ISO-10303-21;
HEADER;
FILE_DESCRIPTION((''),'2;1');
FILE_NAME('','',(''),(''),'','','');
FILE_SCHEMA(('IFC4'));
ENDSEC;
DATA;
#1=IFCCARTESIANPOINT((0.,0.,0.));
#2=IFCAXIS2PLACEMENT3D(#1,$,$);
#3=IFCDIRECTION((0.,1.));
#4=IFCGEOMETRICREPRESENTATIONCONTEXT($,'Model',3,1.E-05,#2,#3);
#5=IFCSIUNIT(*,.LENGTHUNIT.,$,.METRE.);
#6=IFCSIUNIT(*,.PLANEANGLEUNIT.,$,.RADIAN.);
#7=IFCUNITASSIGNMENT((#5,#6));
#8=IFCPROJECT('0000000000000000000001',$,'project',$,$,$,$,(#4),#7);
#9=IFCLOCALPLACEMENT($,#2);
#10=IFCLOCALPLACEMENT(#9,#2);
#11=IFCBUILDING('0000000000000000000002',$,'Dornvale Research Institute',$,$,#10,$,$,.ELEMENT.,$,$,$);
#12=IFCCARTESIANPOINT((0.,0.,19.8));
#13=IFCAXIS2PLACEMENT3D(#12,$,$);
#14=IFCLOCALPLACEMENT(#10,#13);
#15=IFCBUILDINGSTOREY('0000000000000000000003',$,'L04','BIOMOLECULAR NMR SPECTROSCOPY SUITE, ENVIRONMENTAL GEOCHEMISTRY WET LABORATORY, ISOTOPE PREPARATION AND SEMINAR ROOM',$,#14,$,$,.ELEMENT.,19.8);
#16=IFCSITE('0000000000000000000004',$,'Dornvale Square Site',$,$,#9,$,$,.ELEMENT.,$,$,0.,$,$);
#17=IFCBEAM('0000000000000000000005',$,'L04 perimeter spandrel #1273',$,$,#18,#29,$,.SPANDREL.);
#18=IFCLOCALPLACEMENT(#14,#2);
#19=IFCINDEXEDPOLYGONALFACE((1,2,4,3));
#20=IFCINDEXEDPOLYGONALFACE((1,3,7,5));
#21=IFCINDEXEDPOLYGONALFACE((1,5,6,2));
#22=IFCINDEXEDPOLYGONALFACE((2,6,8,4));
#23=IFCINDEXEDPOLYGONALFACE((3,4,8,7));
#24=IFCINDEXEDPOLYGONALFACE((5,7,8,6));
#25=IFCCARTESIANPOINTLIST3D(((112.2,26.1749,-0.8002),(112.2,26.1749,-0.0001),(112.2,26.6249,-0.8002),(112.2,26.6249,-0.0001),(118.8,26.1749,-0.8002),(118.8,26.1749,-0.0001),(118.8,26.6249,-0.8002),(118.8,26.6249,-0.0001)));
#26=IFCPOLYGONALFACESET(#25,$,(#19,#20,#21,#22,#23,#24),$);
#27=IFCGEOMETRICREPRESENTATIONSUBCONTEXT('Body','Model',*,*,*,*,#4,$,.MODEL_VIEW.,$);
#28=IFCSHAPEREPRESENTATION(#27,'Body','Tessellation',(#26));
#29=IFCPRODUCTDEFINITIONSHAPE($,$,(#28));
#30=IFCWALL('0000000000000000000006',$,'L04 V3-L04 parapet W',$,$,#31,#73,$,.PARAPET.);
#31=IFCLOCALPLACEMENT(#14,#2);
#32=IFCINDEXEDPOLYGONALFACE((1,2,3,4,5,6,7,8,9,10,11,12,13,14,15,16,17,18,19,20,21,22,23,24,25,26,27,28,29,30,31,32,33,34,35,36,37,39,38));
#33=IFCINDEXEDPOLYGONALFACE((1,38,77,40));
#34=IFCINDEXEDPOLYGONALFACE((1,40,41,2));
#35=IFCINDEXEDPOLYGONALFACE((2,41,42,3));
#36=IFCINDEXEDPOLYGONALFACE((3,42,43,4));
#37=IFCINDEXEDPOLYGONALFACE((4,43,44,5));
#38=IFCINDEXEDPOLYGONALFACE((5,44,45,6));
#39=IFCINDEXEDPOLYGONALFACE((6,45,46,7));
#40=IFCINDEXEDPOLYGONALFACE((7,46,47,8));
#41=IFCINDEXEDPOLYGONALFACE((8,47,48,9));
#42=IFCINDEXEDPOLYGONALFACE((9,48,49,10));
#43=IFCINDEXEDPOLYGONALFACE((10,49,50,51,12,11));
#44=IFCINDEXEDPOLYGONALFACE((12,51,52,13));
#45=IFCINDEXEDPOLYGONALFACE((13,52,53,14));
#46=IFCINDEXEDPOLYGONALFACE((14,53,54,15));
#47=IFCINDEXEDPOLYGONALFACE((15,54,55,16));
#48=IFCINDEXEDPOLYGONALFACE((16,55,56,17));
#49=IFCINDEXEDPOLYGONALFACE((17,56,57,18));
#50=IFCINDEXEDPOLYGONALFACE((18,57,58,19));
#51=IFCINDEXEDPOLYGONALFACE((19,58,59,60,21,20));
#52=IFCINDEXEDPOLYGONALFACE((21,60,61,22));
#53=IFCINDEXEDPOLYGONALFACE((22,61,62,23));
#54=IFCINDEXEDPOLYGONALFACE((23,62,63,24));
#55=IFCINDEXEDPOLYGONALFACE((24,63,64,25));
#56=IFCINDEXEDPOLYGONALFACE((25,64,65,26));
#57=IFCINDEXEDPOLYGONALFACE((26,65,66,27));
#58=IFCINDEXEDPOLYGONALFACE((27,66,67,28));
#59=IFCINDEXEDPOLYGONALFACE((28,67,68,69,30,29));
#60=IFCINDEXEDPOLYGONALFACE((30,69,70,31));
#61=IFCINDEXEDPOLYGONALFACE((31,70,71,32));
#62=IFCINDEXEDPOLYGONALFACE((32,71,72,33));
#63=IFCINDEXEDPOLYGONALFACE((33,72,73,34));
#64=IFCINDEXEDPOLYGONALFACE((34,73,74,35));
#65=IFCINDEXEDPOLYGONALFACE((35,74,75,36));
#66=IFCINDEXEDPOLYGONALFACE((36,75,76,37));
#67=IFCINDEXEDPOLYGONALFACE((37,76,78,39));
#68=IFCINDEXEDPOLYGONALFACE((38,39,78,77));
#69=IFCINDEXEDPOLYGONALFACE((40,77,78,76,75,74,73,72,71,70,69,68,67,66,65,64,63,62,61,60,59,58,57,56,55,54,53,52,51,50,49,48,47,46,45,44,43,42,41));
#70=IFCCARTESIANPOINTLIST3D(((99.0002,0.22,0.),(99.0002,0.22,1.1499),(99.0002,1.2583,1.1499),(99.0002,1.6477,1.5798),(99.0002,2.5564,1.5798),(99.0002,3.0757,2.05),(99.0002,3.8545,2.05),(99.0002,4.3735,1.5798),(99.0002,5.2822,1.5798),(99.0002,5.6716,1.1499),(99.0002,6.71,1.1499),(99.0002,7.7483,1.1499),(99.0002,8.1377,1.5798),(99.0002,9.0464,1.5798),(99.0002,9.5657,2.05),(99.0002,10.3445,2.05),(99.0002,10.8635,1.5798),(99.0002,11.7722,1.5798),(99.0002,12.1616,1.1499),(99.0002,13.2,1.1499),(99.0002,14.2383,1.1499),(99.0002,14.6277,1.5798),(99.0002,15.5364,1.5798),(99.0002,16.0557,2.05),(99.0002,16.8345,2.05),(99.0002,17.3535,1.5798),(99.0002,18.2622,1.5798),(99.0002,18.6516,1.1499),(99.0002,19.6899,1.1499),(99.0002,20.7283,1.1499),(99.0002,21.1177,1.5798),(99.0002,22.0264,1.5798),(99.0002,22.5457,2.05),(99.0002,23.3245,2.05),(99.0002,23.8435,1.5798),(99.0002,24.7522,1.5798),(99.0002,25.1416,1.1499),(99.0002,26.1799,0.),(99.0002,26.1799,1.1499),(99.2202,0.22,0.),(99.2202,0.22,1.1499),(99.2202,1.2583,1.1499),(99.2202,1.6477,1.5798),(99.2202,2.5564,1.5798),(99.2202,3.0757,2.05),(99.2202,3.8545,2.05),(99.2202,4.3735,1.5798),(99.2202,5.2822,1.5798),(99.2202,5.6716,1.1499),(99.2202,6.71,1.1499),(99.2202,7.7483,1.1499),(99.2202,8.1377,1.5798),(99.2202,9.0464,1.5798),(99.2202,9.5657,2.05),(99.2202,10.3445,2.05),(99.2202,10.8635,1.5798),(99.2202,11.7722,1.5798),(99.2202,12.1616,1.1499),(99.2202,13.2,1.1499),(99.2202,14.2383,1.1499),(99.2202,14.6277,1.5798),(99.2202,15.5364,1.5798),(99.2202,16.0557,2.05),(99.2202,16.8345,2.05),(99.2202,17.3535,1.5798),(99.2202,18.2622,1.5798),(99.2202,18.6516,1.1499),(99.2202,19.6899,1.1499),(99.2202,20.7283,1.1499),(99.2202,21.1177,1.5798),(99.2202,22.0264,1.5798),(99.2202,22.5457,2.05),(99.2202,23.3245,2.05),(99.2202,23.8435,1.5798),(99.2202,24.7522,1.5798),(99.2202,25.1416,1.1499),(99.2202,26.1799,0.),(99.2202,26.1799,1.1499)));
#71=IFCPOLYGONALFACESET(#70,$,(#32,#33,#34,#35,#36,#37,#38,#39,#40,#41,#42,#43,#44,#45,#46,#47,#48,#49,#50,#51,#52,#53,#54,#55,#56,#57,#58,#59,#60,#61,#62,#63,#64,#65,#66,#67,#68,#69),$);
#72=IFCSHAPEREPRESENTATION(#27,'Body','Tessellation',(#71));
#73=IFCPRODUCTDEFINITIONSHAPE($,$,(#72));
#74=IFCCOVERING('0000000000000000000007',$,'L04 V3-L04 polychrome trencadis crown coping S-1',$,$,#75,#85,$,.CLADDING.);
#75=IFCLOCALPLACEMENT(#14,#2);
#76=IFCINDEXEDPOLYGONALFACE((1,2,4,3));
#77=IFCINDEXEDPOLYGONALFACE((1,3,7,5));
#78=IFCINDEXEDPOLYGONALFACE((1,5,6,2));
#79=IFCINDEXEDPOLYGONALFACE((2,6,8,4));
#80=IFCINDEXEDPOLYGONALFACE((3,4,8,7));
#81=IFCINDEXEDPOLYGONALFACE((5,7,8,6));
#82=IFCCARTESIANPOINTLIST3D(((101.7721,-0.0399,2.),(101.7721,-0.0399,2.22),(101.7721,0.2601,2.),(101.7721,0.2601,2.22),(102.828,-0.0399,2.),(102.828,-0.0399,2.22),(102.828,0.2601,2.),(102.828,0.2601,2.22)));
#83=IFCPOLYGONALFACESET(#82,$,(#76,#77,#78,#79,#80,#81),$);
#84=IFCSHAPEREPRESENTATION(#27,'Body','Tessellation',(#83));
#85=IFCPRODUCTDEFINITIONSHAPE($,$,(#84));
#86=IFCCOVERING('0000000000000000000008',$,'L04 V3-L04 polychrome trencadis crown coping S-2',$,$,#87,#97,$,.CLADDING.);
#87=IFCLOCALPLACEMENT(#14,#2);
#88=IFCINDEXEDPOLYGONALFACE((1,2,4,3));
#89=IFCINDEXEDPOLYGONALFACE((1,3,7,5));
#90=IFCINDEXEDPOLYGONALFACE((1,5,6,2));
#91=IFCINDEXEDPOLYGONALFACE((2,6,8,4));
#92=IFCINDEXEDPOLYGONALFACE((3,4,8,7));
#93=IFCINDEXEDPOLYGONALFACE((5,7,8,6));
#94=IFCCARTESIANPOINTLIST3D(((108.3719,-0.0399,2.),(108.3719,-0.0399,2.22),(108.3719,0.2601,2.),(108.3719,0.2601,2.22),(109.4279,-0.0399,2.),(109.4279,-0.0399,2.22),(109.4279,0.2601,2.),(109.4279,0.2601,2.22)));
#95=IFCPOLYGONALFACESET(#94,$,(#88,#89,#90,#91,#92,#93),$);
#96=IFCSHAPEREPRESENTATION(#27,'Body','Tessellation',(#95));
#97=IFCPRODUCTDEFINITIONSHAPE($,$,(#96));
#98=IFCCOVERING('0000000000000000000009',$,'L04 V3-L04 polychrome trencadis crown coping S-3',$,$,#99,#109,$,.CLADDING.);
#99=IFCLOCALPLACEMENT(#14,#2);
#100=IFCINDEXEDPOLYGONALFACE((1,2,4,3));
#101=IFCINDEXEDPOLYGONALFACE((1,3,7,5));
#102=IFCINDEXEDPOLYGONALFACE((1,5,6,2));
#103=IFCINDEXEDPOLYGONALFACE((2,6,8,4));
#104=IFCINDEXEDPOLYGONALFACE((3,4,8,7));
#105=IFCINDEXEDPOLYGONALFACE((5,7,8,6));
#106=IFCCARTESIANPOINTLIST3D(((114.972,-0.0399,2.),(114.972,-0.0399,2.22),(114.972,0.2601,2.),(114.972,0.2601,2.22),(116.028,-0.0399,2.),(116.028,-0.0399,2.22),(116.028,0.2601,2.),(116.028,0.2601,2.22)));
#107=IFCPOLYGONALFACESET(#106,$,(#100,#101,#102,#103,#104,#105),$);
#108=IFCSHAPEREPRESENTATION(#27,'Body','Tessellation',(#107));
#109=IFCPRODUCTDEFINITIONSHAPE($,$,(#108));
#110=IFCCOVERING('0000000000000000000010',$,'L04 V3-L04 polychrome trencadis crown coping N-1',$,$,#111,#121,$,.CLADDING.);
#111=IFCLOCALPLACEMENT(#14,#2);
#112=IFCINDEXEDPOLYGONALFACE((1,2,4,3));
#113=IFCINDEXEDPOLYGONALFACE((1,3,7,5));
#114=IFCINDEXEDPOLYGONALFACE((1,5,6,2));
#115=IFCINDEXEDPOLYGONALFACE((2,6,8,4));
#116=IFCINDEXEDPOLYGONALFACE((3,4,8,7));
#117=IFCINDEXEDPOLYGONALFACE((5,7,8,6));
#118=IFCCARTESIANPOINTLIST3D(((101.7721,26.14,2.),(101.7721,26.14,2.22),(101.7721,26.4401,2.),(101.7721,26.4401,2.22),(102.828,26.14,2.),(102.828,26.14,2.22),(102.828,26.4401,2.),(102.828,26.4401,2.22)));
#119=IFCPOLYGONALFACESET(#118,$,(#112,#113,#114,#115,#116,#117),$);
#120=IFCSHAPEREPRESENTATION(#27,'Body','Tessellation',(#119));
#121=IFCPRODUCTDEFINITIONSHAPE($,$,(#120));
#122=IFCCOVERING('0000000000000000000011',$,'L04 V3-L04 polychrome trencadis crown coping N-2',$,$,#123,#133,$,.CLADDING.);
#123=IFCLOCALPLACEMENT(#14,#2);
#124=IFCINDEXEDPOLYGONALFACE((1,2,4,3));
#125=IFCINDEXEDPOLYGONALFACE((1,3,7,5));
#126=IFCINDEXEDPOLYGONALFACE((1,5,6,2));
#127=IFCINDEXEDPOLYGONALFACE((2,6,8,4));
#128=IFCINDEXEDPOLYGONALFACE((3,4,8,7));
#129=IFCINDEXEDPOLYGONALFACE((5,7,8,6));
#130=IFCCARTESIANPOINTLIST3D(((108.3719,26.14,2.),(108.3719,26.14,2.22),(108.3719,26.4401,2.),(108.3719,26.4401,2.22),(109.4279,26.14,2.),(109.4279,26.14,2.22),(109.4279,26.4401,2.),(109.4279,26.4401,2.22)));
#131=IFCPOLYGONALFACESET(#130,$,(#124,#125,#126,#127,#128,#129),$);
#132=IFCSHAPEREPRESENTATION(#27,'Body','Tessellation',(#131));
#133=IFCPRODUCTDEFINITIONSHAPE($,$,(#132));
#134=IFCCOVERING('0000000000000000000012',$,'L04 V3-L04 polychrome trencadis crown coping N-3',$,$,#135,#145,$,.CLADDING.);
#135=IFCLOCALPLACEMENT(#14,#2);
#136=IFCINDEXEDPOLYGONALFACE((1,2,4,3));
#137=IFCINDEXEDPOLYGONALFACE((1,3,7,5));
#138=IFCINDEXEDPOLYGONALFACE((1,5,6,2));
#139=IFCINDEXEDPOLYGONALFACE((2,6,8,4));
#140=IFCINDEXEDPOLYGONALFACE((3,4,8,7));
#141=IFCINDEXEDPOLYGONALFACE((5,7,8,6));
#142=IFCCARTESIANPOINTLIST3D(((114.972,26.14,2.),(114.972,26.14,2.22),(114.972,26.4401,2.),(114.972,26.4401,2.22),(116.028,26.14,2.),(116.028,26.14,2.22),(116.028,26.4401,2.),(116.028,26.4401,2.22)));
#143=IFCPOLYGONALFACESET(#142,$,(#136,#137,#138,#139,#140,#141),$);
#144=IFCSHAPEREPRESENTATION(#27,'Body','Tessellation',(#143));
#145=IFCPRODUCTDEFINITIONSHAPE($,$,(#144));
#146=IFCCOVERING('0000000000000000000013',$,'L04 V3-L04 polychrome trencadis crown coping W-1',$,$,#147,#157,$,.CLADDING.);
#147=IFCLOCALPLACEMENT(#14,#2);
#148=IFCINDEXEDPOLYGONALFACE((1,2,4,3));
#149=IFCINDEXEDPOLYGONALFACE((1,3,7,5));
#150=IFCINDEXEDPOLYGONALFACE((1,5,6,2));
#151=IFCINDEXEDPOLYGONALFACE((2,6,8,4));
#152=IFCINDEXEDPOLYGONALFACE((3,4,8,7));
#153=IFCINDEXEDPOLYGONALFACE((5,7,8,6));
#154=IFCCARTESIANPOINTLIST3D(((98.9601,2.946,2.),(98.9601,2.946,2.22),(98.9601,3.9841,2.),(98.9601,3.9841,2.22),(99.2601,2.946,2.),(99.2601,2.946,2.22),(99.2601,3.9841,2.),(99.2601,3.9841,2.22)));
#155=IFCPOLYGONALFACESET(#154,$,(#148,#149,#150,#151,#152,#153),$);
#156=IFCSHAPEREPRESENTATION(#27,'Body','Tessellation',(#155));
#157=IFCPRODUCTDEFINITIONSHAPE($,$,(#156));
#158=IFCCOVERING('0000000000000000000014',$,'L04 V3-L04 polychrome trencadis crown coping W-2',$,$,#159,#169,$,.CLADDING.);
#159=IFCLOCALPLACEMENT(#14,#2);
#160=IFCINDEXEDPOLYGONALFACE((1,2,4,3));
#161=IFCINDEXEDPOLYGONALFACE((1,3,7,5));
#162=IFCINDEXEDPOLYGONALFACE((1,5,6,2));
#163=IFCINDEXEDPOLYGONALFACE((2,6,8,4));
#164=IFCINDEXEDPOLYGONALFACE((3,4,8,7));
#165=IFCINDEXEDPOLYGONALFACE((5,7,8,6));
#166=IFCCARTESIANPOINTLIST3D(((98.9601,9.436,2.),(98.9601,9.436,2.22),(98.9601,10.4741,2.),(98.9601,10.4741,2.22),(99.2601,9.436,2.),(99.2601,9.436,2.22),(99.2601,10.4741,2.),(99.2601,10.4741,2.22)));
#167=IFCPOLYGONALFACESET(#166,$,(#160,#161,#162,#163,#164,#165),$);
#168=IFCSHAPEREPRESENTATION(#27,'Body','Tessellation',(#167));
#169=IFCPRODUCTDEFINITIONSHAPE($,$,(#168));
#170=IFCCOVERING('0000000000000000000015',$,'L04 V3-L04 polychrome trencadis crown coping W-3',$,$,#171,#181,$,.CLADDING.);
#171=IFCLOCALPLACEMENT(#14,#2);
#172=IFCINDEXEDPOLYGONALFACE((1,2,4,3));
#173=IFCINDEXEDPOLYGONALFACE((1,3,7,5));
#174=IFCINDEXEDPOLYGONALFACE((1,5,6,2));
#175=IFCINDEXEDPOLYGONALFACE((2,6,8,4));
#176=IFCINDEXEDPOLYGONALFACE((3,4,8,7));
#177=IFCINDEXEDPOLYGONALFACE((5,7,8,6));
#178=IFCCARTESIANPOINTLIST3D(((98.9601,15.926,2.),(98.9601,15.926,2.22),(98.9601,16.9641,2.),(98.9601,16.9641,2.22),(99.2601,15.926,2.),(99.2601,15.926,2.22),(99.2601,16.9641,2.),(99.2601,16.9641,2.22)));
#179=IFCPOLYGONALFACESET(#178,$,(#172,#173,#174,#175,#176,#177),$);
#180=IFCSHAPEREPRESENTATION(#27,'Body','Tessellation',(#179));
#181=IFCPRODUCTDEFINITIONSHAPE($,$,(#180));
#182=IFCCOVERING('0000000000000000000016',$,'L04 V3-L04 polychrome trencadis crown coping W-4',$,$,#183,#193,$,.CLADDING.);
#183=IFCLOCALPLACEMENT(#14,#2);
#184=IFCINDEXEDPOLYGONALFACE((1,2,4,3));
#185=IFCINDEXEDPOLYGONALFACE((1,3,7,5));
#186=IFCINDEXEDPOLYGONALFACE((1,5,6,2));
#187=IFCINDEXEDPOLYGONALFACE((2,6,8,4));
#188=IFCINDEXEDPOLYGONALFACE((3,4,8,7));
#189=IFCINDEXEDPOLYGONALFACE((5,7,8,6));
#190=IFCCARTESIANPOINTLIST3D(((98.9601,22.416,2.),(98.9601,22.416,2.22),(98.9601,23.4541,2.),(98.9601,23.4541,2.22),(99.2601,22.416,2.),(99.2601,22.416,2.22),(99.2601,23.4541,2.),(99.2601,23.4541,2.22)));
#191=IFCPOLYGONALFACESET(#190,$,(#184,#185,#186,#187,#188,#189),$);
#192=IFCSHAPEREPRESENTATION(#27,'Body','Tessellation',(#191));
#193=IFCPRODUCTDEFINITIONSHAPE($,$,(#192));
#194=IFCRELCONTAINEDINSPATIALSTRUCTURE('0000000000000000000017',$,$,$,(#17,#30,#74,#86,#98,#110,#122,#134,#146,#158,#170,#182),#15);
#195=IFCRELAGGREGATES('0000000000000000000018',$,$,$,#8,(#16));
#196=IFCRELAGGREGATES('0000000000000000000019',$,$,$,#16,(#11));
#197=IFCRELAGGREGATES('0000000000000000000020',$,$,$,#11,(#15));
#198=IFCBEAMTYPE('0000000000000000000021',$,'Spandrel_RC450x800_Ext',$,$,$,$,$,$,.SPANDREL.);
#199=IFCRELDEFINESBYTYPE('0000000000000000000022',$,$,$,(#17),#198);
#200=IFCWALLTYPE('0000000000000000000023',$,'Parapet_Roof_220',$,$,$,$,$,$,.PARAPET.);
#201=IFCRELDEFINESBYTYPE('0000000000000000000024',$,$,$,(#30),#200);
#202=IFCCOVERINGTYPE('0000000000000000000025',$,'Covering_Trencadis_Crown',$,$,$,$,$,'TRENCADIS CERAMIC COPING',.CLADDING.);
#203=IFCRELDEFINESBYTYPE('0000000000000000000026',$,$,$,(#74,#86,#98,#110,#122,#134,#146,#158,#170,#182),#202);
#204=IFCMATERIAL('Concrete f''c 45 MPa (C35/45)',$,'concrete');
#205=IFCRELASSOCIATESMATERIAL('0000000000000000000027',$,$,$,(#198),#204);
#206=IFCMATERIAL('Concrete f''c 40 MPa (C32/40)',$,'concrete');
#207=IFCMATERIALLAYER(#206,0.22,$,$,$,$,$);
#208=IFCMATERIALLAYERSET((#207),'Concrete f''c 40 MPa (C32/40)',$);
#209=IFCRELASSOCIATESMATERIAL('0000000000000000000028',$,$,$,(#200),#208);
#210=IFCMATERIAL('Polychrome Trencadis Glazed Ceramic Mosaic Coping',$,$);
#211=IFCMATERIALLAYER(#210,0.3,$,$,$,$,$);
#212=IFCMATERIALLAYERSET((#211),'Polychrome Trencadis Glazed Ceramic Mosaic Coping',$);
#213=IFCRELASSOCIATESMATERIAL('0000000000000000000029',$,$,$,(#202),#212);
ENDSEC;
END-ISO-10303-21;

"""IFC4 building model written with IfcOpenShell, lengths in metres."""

from ifc_helpers import new_model, si_unit, direction, frame, origin, origin_2d, place, context, subcontext, project, spatial, polyline, rectangle, outline, extrude, material, layer, layer_set, material_profile, profile_set, type_object, element, save


model = new_model("IFC4")

# Units and contexts
model_context = context("Model", 3, precision=1e-05, world=origin(), true_north=direction((0.0, 1.0)))
body_context = subcontext(model_context, "Body", "Model", "MODEL_VIEW")
ifc_project = project(units=[si_unit("LENGTHUNIT", "METRE"), si_unit("PLANEANGLEUNIT", "RADIAN")], contexts=[model_context])

# Site, building, storey
site_placement = place(None, origin())
site = spatial("IfcSite", under=ifc_project, at=site_placement, Name="Dornvale Square Site", CompositionType="ELEMENT", RefElevation=0.0)
building_placement = place(site_placement, origin())
building = spatial("IfcBuilding", under=site, at=building_placement, Name="Dornvale Research Institute", CompositionType="ELEMENT")
storey_placement = place(building_placement, frame((0.0, 0.0, 19.8)))
storey = spatial("IfcBuildingStorey", under=building, at=storey_placement, Name="L04", Description="BIOMOLECULAR NMR SPECTROSCOPY SUITE, ENVIRONMENTAL GEOCHEMISTRY WET LABORATORY, ISOTOPE PREPARATION AND SEMINAR ROOM", CompositionType="ELEMENT", Elevation=19.8)

# Beam
ifc_material_1 = material(Name="Concrete f'c 45 MPa (C35/45)", Category="concrete")
ifc_material_profile_1 = material_profile(ifc_material_1, rectangle(XDim=0.45, YDim=0.8, at=origin_2d()), Name="RC 450x800")
ifc_profile_set_1 = profile_set([ifc_material_profile_1], Name="Concrete f'c 45 MPa (C35/45)")
beam_type_1 = type_object("IfcBeamType", Name="Spandrel_RC450x800_Ext", PredefinedType="SPANDREL", material=ifc_profile_set_1)
beam_1_placement = place(storey_placement, frame((112.2, 26.3999, -0.4001), z_axis=(1.0, 0.0, 0.0), x_axis=(0.0, 1.0, 0.0)))
element("IfcBeam", 1, at=beam_1_placement, inside=storey, type_object=beam_type_1, Name="L04 perimeter spandrel #1273", PredefinedType="SPANDREL", context=body_context, shape_type="SweptSolid", body=[
    extrude(rectangle(XDim=0.45, YDim=0.8, at=origin_2d()), origin(), (0.0, 0.0, 1.0), 6.6001),
])

# Wall
ifc_material_2 = material(Name="Concrete f'c 40 MPa (C32/40)", Category="concrete")
ifc_layer_1 = layer(ifc_material_2, 0.22)
ifc_layer_set_1 = layer_set([ifc_layer_1], Name="Concrete f'c 40 MPa (C32/40)")
wall_type = type_object("IfcWallType", Name="Parapet_Roof_220", PredefinedType="PARAPET", material=ifc_layer_set_1)
wall_placement = place(storey_placement, frame((99.1101, 0.22, 0.0), z_axis=(0.0, 0.0, 1.0), x_axis=(0.0, 1.0, 0.0)))
element("IfcWall", 2, at=wall_placement, inside=storey, type_object=wall_type, Name="L04 V3-L04 parapet W", PredefinedType="PARAPET", context=body_context, shape_type="SweptSolid", body=[
    extrude(outline(polyline([(0.0, 0.0), (25.96, 0.0), (25.96, 1.1499), (24.9216, 1.1499), (24.5322, 1.5798), (23.6235, 1.5798), (23.1045, 2.05), (22.3257, 2.05), (21.8064, 1.5798), (20.8977, 1.5798), (20.5083, 1.1499), (19.47, 1.1499), (18.4316, 1.1499), (18.0422, 1.5798), (17.1335, 1.5798), (16.6145, 2.05), (15.8357, 2.05), (15.3164, 1.5798), (14.4077, 1.5798), (14.0183, 1.1499), (12.98, 1.1499), (11.9417, 1.1499), (11.5522, 1.5798), (10.6436, 1.5798), (10.1245, 2.05), (9.3457, 2.05), (8.8264, 1.5798), (7.9177, 1.5798), (7.5283, 1.1499), (6.49, 1.1499), (5.4517, 1.1499), (5.0623, 1.5798), (4.1536, 1.5798), (3.6345, 2.05), (2.8557, 2.05), (2.3364, 1.5798), (1.4277, 1.5798), (1.0383, 1.1499), (0.0, 1.1499), (0.0, 0.0)])), frame((0.0, 0.1099, 0.0), z_axis=(0.0, -1.0, 0.0), x_axis=(1.0, 0.0, 0.0)), (0.0, 0.0, 1.0), 0.22),
])

# Coverings
ifc_material_3 = material(Name="Polychrome Trencadis Glazed Ceramic Mosaic Coping")
ifc_layer_2 = layer(ifc_material_3, 0.3)
ifc_layer_set_2 = layer_set([ifc_layer_2], Name="Polychrome Trencadis Glazed Ceramic Mosaic Coping")
covering_type = type_object("IfcCoveringType", Name="Covering_Trencadis_Crown", ElementType="TRENCADIS CERAMIC COPING", PredefinedType="CLADDING", material=ifc_layer_set_2)
for number, where, z_axis, x_axis, name in (
    (3, (102.3, 0.1101, 2.0), (0.0, 0.0, 1.0), (1.0, 0.0, 0.0), "L04 V3-L04 polychrome trencadis crown coping S-1"),
    (4, (108.8999, 0.1101, 2.0), (0.0, 0.0, 1.0), (1.0, 0.0, 0.0), "L04 V3-L04 polychrome trencadis crown coping S-2"),
    (5, (115.5, 0.1101, 2.0), (0.0, 0.0, 1.0), (1.0, 0.0, 0.0), "L04 V3-L04 polychrome trencadis crown coping S-3"),
    (6, (102.3, 26.29, 2.0), (0.0, 0.0, 1.0), (1.0, 0.0, 0.0), "L04 V3-L04 polychrome trencadis crown coping N-1"),
    (7, (108.8999, 26.29, 2.0), (0.0, 0.0, 1.0), (1.0, 0.0, 0.0), "L04 V3-L04 polychrome trencadis crown coping N-2"),
    (8, (115.5, 26.29, 2.0), (0.0, 0.0, 1.0), (1.0, 0.0, 0.0), "L04 V3-L04 polychrome trencadis crown coping N-3"),
):
    element("IfcCovering", number, at=place(storey_placement, frame(where, z_axis=z_axis, x_axis=x_axis)), inside=storey, type_object=covering_type, Name=name, PredefinedType="CLADDING", context=body_context, shape_type="SweptSolid", body=[
        extrude(rectangle(XDim=1.0559, YDim=0.3, at=origin_2d()), origin(), (0.0, 0.0, 1.0), 0.22),
    ])
for number, where, z_axis, x_axis, name in (
    (9, (99.1101, 3.4651, 2.0), (0.0, 0.0, 1.0), (0.0, 1.0, 0.0), "L04 V3-L04 polychrome trencadis crown coping W-1"),
    (10, (99.1101, 9.9551, 2.0), (0.0, 0.0, 1.0), (0.0, 1.0, 0.0), "L04 V3-L04 polychrome trencadis crown coping W-2"),
    (11, (99.1101, 16.4451, 2.0), (0.0, 0.0, 1.0), (0.0, 1.0, 0.0), "L04 V3-L04 polychrome trencadis crown coping W-3"),
    (12, (99.1101, 22.9351, 2.0), (0.0, 0.0, 1.0), (0.0, 1.0, 0.0), "L04 V3-L04 polychrome trencadis crown coping W-4"),
):
    element("IfcCovering", number, at=place(storey_placement, frame(where, z_axis=z_axis, x_axis=x_axis)), inside=storey, type_object=covering_type, Name=name, PredefinedType="CLADDING", context=body_context, shape_type="SweptSolid", body=[
        extrude(rectangle(XDim=1.0381, YDim=0.3, at=origin_2d()), origin(), (0.0, 0.0, 1.0), 0.22),
    ])

save(model, "model.ifc")
